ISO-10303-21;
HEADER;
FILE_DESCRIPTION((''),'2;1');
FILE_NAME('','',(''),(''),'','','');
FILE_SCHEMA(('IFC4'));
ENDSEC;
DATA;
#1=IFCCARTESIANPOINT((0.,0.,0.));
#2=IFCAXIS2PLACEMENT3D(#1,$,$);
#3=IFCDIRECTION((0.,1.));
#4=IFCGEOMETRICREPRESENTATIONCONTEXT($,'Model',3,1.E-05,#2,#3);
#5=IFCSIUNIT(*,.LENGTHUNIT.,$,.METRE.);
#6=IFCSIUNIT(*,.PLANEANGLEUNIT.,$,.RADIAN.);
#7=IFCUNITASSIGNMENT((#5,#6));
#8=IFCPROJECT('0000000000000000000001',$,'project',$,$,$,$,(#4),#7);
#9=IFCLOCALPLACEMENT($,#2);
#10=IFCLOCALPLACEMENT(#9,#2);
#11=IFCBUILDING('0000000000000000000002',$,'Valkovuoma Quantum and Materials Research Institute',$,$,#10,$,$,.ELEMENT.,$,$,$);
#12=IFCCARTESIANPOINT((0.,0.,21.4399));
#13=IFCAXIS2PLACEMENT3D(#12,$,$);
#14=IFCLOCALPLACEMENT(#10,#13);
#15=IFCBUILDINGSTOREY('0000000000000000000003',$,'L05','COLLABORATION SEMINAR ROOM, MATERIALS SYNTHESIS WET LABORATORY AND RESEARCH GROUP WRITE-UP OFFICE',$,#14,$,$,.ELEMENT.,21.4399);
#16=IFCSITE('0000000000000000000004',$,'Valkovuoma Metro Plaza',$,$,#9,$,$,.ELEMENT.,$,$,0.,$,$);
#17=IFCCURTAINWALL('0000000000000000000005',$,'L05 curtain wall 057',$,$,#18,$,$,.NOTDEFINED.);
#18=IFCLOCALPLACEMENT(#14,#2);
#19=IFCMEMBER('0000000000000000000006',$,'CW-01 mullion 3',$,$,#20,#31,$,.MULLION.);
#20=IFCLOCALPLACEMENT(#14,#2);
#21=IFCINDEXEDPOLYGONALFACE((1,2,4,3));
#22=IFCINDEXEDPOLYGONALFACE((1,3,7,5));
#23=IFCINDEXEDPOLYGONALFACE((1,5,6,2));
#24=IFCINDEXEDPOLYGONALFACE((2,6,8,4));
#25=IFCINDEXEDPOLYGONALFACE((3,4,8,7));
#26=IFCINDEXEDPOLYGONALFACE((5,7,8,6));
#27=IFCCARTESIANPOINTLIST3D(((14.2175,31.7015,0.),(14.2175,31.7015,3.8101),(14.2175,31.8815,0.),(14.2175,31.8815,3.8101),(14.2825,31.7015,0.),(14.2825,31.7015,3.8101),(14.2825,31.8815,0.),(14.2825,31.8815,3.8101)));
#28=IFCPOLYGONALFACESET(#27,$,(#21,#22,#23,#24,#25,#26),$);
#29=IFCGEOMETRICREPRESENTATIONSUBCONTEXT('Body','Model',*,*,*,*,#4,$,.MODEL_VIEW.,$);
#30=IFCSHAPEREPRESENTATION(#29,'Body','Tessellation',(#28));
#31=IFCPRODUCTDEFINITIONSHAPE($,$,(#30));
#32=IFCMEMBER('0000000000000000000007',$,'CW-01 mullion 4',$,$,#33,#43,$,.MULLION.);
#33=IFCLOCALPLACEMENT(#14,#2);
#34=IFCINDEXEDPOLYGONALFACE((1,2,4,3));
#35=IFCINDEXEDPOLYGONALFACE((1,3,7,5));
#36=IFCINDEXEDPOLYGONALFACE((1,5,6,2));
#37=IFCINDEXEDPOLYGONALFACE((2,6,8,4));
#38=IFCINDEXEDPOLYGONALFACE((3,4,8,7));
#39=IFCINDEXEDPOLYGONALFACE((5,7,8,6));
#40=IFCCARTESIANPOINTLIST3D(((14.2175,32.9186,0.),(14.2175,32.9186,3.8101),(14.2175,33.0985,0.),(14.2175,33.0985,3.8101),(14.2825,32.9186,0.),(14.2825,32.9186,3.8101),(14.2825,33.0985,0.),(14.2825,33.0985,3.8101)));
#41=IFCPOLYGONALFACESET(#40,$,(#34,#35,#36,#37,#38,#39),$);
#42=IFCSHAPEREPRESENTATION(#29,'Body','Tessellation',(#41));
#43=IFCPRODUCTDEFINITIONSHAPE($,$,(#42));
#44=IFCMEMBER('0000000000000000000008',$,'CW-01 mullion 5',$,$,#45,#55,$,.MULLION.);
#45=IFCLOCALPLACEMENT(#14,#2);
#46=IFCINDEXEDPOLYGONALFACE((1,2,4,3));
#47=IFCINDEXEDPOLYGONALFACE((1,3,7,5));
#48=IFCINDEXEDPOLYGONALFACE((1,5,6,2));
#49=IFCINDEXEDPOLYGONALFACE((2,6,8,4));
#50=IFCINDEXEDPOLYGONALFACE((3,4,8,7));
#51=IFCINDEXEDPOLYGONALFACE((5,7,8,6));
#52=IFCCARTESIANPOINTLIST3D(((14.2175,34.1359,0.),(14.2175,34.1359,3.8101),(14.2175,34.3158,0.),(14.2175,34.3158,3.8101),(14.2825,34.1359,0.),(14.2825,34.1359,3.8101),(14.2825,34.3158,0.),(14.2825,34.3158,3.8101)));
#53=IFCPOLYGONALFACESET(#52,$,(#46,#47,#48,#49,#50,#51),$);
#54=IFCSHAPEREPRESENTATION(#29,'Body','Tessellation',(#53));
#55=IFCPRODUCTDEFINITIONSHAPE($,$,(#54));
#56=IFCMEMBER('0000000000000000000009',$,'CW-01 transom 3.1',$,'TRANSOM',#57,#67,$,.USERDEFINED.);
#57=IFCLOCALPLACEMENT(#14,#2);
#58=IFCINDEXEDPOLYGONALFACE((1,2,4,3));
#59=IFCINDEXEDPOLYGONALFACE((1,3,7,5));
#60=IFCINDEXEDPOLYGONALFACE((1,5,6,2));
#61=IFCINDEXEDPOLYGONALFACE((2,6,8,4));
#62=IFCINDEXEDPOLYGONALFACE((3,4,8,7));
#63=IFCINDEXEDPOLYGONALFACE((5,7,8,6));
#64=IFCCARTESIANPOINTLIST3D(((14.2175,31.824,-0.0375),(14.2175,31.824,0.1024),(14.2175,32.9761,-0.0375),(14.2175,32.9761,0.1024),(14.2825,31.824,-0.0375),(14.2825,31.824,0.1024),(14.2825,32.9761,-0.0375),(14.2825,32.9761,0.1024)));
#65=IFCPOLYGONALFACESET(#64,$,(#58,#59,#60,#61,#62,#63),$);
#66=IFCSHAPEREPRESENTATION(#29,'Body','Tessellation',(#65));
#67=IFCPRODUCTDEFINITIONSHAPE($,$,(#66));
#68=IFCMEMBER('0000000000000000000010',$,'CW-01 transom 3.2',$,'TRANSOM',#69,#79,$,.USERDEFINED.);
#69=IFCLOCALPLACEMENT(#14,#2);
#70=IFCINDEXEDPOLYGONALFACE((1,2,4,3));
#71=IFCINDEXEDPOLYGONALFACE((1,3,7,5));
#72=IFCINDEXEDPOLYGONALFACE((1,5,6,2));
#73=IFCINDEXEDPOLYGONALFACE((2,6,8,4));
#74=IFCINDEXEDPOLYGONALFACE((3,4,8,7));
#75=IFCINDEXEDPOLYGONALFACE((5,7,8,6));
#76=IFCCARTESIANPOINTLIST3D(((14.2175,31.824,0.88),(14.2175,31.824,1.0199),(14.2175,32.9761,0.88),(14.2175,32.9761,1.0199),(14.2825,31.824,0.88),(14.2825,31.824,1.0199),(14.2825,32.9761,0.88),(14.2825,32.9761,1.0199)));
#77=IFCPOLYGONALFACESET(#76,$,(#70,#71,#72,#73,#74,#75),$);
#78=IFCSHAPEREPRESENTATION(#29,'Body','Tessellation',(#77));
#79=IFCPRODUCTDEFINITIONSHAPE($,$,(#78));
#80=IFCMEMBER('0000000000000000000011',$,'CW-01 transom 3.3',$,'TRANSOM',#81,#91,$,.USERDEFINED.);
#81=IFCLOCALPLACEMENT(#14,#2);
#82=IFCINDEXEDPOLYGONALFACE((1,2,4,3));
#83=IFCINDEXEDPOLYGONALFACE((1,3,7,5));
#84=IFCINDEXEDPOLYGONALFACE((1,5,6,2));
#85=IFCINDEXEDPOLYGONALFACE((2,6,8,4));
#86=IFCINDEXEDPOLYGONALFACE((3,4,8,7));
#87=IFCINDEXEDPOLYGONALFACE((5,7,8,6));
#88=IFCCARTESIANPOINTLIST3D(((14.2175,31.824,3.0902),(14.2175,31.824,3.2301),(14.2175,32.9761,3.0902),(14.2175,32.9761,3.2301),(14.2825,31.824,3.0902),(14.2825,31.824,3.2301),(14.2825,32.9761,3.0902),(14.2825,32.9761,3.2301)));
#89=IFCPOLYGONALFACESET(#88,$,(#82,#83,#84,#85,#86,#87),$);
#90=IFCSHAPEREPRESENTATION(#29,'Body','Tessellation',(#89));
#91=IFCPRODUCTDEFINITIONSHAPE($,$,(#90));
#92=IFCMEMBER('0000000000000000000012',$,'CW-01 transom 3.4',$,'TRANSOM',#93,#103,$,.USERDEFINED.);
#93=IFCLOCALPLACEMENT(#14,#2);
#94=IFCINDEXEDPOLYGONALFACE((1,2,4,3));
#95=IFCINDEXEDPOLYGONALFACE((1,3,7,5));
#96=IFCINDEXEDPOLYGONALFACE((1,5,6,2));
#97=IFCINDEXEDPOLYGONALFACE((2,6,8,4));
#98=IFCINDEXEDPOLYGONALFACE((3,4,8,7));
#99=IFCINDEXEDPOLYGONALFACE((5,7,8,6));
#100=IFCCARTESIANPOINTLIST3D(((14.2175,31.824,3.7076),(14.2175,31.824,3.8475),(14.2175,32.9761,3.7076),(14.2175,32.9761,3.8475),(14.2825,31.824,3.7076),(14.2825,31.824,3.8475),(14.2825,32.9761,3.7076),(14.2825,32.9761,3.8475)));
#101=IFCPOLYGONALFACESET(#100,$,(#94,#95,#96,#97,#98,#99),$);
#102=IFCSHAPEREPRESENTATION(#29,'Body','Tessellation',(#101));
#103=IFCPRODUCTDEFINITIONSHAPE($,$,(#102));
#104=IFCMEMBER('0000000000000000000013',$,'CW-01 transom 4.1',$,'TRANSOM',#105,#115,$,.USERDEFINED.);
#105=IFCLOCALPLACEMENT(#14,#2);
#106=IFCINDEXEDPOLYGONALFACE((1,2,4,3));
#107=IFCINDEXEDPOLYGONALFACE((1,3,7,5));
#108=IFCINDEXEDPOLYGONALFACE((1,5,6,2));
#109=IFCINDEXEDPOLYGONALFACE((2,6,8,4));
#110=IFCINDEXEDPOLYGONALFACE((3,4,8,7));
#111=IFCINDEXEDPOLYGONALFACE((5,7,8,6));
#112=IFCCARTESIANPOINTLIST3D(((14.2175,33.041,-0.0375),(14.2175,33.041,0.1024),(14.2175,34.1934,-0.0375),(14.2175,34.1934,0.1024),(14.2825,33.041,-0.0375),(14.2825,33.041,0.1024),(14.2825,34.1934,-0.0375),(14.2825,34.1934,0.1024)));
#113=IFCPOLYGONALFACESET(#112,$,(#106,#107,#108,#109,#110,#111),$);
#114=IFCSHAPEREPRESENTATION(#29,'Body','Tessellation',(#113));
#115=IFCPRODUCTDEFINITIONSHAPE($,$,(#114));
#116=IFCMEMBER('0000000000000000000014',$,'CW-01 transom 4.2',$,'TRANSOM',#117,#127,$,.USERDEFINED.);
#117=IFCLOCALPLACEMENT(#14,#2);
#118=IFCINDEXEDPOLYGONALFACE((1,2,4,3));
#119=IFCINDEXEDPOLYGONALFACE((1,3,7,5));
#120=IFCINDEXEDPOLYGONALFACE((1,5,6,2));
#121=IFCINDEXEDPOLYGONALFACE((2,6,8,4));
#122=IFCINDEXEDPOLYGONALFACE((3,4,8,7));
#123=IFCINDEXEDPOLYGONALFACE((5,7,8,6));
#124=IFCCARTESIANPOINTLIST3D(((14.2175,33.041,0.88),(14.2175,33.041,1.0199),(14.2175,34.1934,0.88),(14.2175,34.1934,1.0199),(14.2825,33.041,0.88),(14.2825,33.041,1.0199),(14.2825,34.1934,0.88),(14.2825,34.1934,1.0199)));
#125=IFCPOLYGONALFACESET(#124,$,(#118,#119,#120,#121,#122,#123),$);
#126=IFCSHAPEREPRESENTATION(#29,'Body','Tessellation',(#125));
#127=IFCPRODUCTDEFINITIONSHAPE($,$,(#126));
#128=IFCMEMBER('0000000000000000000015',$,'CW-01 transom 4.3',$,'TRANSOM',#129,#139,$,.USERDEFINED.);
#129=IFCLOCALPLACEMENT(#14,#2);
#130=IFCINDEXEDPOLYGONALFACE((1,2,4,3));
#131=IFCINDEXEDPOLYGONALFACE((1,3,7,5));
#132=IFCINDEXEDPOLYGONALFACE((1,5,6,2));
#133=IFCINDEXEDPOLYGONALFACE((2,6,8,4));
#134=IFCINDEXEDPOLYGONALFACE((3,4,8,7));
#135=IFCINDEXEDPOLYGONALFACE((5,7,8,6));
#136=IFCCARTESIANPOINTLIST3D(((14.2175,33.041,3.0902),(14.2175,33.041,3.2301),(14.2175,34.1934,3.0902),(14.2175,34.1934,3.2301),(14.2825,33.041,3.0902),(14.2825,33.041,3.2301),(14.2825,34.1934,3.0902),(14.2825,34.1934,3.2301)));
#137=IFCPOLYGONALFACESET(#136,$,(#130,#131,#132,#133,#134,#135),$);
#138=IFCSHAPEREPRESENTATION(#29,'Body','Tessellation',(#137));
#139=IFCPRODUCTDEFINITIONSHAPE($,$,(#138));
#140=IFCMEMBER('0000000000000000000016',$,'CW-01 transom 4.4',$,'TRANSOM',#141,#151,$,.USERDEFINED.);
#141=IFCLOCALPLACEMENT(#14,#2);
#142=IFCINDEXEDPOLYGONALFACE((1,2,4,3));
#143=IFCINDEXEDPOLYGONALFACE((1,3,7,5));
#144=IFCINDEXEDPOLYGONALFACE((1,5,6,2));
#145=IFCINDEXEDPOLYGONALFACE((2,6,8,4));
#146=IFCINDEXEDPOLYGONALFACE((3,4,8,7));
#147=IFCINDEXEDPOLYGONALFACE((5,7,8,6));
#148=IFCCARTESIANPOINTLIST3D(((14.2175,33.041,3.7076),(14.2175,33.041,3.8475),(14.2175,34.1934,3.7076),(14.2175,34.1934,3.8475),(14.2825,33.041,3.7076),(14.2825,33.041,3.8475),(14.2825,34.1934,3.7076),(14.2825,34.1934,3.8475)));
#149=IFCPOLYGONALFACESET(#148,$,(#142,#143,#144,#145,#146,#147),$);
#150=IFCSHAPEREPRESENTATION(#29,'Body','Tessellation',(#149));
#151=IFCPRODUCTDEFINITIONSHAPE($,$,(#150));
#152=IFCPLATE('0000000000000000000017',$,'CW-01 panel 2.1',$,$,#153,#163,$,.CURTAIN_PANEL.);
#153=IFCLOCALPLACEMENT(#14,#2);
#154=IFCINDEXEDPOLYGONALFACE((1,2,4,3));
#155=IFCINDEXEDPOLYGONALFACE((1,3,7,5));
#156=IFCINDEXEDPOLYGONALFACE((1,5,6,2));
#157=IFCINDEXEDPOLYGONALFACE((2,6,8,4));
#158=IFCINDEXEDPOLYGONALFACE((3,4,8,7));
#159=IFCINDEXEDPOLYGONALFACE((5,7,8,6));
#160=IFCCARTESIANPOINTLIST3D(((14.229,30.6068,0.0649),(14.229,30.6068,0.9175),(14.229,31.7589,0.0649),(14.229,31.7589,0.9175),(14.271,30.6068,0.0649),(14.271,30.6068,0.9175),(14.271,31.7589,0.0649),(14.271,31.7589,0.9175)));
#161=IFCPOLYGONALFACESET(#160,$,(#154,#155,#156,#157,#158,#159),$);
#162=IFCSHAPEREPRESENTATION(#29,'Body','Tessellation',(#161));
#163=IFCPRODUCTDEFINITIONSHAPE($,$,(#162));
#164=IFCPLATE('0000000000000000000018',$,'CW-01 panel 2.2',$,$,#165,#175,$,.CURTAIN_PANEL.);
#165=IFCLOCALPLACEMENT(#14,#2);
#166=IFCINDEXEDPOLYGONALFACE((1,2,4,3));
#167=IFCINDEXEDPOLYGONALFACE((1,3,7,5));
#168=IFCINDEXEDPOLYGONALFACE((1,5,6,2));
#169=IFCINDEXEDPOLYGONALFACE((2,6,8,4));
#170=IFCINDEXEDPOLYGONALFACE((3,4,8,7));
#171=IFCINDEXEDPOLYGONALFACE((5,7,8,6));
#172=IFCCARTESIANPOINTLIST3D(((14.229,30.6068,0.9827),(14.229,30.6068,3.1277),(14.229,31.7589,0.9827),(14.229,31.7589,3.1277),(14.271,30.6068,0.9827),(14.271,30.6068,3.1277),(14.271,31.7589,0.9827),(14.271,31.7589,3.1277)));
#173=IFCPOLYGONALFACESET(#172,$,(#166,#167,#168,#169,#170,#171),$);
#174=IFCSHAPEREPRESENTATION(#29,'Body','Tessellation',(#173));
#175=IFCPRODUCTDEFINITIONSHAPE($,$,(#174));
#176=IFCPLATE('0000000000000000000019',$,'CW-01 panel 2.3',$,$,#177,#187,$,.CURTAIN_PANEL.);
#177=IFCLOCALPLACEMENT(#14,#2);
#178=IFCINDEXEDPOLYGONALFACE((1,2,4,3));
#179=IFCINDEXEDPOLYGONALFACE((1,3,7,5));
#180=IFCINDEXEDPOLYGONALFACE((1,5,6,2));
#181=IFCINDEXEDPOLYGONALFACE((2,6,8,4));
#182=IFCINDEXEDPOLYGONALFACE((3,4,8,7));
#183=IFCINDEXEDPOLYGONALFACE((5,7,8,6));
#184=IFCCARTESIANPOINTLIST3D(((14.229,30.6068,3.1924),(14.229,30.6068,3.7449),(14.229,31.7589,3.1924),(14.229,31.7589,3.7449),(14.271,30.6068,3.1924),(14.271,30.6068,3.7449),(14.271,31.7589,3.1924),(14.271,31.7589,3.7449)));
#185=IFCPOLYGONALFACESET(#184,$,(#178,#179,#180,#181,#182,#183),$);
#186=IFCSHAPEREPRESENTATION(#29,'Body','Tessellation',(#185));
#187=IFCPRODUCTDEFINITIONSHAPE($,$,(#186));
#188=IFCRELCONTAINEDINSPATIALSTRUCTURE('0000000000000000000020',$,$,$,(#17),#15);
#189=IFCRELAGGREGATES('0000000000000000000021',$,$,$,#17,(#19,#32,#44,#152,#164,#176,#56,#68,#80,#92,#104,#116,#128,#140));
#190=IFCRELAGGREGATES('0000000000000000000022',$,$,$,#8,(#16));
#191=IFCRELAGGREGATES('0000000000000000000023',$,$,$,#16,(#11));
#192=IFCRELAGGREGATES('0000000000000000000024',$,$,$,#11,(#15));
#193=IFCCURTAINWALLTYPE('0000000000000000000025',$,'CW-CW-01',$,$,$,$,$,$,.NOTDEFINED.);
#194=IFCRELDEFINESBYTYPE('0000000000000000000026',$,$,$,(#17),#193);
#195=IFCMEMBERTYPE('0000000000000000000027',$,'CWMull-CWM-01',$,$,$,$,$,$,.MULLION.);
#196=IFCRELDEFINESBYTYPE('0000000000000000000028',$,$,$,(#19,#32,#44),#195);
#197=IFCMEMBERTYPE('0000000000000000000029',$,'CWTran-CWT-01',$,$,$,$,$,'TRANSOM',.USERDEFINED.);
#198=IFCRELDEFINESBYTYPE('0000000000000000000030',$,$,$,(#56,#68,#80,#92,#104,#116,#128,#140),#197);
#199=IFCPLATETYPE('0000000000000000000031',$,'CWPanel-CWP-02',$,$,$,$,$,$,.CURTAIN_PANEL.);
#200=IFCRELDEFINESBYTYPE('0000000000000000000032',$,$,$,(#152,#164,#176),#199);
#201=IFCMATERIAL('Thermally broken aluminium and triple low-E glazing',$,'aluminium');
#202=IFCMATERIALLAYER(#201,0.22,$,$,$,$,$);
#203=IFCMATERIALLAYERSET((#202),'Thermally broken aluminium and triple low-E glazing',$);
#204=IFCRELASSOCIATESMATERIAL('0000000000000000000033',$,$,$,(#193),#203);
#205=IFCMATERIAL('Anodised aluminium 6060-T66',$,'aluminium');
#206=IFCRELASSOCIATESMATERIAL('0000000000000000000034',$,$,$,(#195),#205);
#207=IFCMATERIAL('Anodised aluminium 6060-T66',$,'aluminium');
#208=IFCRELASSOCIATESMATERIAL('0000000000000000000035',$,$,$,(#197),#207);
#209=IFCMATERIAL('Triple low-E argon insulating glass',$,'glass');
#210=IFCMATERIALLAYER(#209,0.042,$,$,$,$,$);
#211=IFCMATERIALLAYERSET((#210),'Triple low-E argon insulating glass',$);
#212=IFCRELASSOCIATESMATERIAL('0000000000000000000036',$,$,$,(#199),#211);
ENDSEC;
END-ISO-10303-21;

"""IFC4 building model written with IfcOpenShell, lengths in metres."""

from ifc_helpers import new_model, si_unit, direction, frame, origin, origin_2d, place, context, subcontext, project, spatial, rectangle, extrude, material, layer, layer_set, material_profile, profile_set, type_object, element, aggregate, save


model = new_model("IFC4")

# Units and contexts
model_context = context("Model", 3, precision=1e-05, world=origin(), true_north=direction((0.0, 1.0)))
body_context = subcontext(model_context, "Body", "Model", "MODEL_VIEW")
ifc_project = project(units=[si_unit("LENGTHUNIT", "METRE"), si_unit("PLANEANGLEUNIT", "RADIAN")], contexts=[model_context])

# Site, building, storey
site_placement = place(None, origin())
site = spatial("IfcSite", under=ifc_project, at=site_placement, Name="Valkovuoma Metro Plaza", CompositionType="ELEMENT", RefElevation=0.0)
building_placement = place(site_placement, origin())
building = spatial("IfcBuilding", under=site, at=building_placement, Name="Valkovuoma Quantum and Materials Research Institute", CompositionType="ELEMENT")
storey_placement = place(building_placement, frame((0.0, 0.0, 21.4399)))
storey = spatial("IfcBuildingStorey", under=building, at=storey_placement, Name="L05", Description="COLLABORATION SEMINAR ROOM, MATERIALS SYNTHESIS WET LABORATORY AND RESEARCH GROUP WRITE-UP OFFICE", CompositionType="ELEMENT", Elevation=21.4399)

# Curtain wall, members, plates
ifc_material_1 = material(Name="Thermally broken aluminium and triple low-E glazing", Category="aluminium")
ifc_layer_1 = layer(ifc_material_1, 0.22)
ifc_layer_set_1 = layer_set([ifc_layer_1], Name="Thermally broken aluminium and triple low-E glazing")
curtain_wall_type = type_object("IfcCurtainWallType", Name="CW-CW-01", PredefinedType="NOTDEFINED", material=ifc_layer_set_1)
curtain_wall_placement = place(storey_placement, origin())
curtain_wall = element("IfcCurtainWall", 1, at=curtain_wall_placement, inside=storey, type_object=curtain_wall_type, Name="L05 curtain wall 057", PredefinedType="NOTDEFINED")
ifc_material_2 = material(Name="Anodised aluminium 6060-T66", Category="aluminium")
ifc_material_profile_1 = material_profile(ifc_material_2, rectangle(XDim=0.0649, YDim=0.1799, at=origin_2d()), Name="Anodised aluminium 6060-T66")
ifc_profile_set_1 = profile_set([ifc_material_profile_1], Name="Anodised aluminium 6060-T66")
member_type_1 = type_object("IfcMemberType", Name="CWMull-CWM-01", PredefinedType="MULLION", material=ifc_profile_set_1)
member_1_placement = place(storey_placement, frame((14.25, 31.7915, 0.0), z_axis=(0.0, 0.0, 1.0), x_axis=(-1.0, 0.0, 0.0)))
member_1 = element("IfcMember", 2, at=member_1_placement, type_object=member_type_1, Name="CW-01 mullion 3", PredefinedType="MULLION", context=body_context, shape_type="SweptSolid", body=[
    extrude(rectangle(XDim=0.0649, YDim=0.1799, at=origin_2d()), origin(), (0.0, 0.0, 1.0), 3.8101),
])
member_2_placement = place(storey_placement, frame((14.25, 33.0085, 0.0), z_axis=(0.0, 0.0, 1.0), x_axis=(-1.0, 0.0, 0.0)))
member_2 = element("IfcMember", 3, at=member_2_placement, type_object=member_type_1, Name="CW-01 mullion 4", PredefinedType="MULLION", context=body_context, shape_type="SweptSolid", body=[
    extrude(rectangle(XDim=0.0649, YDim=0.1799, at=origin_2d()), origin(), (0.0, 0.0, 1.0), 3.8101),
])
member_3_placement = place(storey_placement, frame((14.25, 34.2258, 0.0), z_axis=(0.0, 0.0, 1.0), x_axis=(-1.0, 0.0, 0.0)))
member_3 = element("IfcMember", 4, at=member_3_placement, type_object=member_type_1, Name="CW-01 mullion 5", PredefinedType="MULLION", context=body_context, shape_type="SweptSolid", body=[
    extrude(rectangle(XDim=0.0649, YDim=0.1799, at=origin_2d()), origin(), (0.0, 0.0, 1.0), 3.8101),
])
ifc_material_3 = material(Name="Anodised aluminium 6060-T66", Category="aluminium")
ifc_material_profile_2 = material_profile(ifc_material_3, rectangle(XDim=0.0649, YDim=0.1399, at=origin_2d()), Name="Anodised aluminium 6060-T66")
ifc_profile_set_2 = profile_set([ifc_material_profile_2], Name="Anodised aluminium 6060-T66")
member_type_2 = type_object("IfcMemberType", Name="CWTran-CWT-01", ElementType="TRANSOM", PredefinedType="USERDEFINED", material=ifc_profile_set_2)
member_4_placement = place(storey_placement, frame((14.25, 31.824, 0.0325), z_axis=(0.0, 1.0, 0.0), x_axis=(-1.0, 0.0, 0.0)))
member_4 = element("IfcMember", 5, at=member_4_placement, type_object=member_type_2, Name="CW-01 transom 3.1", ObjectType="TRANSOM", PredefinedType="USERDEFINED", context=body_context, shape_type="SweptSolid", body=[
    extrude(rectangle(XDim=0.0649, YDim=0.1399, at=origin_2d()), origin(), (0.0, 0.0, 1.0), 1.1521),
])
member_5_placement = place(storey_placement, frame((14.25, 31.824, 0.95), z_axis=(0.0, 1.0, 0.0), x_axis=(-1.0, 0.0, 0.0)))
member_5 = element("IfcMember", 6, at=member_5_placement, type_object=member_type_2, Name="CW-01 transom 3.2", ObjectType="TRANSOM", PredefinedType="USERDEFINED", context=body_context, shape_type="SweptSolid", body=[
    extrude(rectangle(XDim=0.0649, YDim=0.1399, at=origin_2d()), origin(), (0.0, 0.0, 1.0), 1.1521),
])
member_6_placement = place(storey_placement, frame((14.25, 31.824, 3.1602), z_axis=(0.0, 1.0, 0.0), x_axis=(-1.0, 0.0, 0.0)))
member_6 = element("IfcMember", 7, at=member_6_placement, type_object=member_type_2, Name="CW-01 transom 3.3", ObjectType="TRANSOM", PredefinedType="USERDEFINED", context=body_context, shape_type="SweptSolid", body=[
    extrude(rectangle(XDim=0.0649, YDim=0.1399, at=origin_2d()), origin(), (0.0, 0.0, 1.0), 1.1521),
])
member_7_placement = place(storey_placement, frame((14.25, 31.824, 3.7776), z_axis=(0.0, 1.0, 0.0), x_axis=(-1.0, 0.0, 0.0)))
member_7 = element("IfcMember", 8, at=member_7_placement, type_object=member_type_2, Name="CW-01 transom 3.4", ObjectType="TRANSOM", PredefinedType="USERDEFINED", context=body_context, shape_type="SweptSolid", body=[
    extrude(rectangle(XDim=0.0649, YDim=0.1399, at=origin_2d()), origin(), (0.0, 0.0, 1.0), 1.1521),
])
member_8_placement = place(storey_placement, frame((14.25, 33.041, 0.0325), z_axis=(0.0, 1.0, 0.0), x_axis=(-1.0, 0.0, 0.0)))
member_8 = element("IfcMember", 9, at=member_8_placement, type_object=member_type_2, Name="CW-01 transom 4.1", ObjectType="TRANSOM", PredefinedType="USERDEFINED", context=body_context, shape_type="SweptSolid", body=[
    extrude(rectangle(XDim=0.0649, YDim=0.1399, at=origin_2d()), origin(), (0.0, 0.0, 1.0), 1.1523),
])
member_9_placement = place(storey_placement, frame((14.25, 33.041, 0.95), z_axis=(0.0, 1.0, 0.0), x_axis=(-1.0, 0.0, 0.0)))
member_9 = element("IfcMember", 10, at=member_9_placement, type_object=member_type_2, Name="CW-01 transom 4.2", ObjectType="TRANSOM", PredefinedType="USERDEFINED", context=body_context, shape_type="SweptSolid", body=[
    extrude(rectangle(XDim=0.0649, YDim=0.1399, at=origin_2d()), origin(), (0.0, 0.0, 1.0), 1.1523),
])
member_10_placement = place(storey_placement, frame((14.25, 33.041, 3.1602), z_axis=(0.0, 1.0, 0.0), x_axis=(-1.0, 0.0, 0.0)))
member_10 = element("IfcMember", 11, at=member_10_placement, type_object=member_type_2, Name="CW-01 transom 4.3", ObjectType="TRANSOM", PredefinedType="USERDEFINED", context=body_context, shape_type="SweptSolid", body=[
    extrude(rectangle(XDim=0.0649, YDim=0.1399, at=origin_2d()), origin(), (0.0, 0.0, 1.0), 1.1523),
])
member_11_placement = place(storey_placement, frame((14.25, 33.041, 3.7776), z_axis=(0.0, 1.0, 0.0), x_axis=(-1.0, 0.0, 0.0)))
member_11 = element("IfcMember", 12, at=member_11_placement, type_object=member_type_2, Name="CW-01 transom 4.4", ObjectType="TRANSOM", PredefinedType="USERDEFINED", context=body_context, shape_type="SweptSolid", body=[
    extrude(rectangle(XDim=0.0649, YDim=0.1399, at=origin_2d()), origin(), (0.0, 0.0, 1.0), 1.1523),
])
ifc_material_4 = material(Name="Triple low-E argon insulating glass", Category="glass")
ifc_layer_2 = layer(ifc_material_4, 0.042)
ifc_layer_set_2 = layer_set([ifc_layer_2], Name="Triple low-E argon insulating glass")
plate_type = type_object("IfcPlateType", Name="CWPanel-CWP-02", PredefinedType="CURTAIN_PANEL", material=ifc_layer_set_2)
plate_1_placement = place(storey_placement, frame((14.25, 31.1829, 0.0649), z_axis=(0.0, 0.0, 1.0), x_axis=(0.0, 1.0, 0.0)))
plate_1 = element("IfcPlate", 13, at=plate_1_placement, type_object=plate_type, Name="CW-01 panel 2.1", PredefinedType="CURTAIN_PANEL", context=body_context, shape_type="SweptSolid", body=[
    extrude(rectangle(XDim=1.1521, YDim=0.042, at=origin_2d()), origin(), (0.0, 0.0, 1.0), 0.8525),
])
plate_2_placement = place(storey_placement, frame((14.25, 31.1829, 0.9827), z_axis=(0.0, 0.0, 1.0), x_axis=(0.0, 1.0, 0.0)))
plate_2 = element("IfcPlate", 14, at=plate_2_placement, type_object=plate_type, Name="CW-01 panel 2.2", PredefinedType="CURTAIN_PANEL", context=body_context, shape_type="SweptSolid", body=[
    extrude(rectangle(XDim=1.1521, YDim=0.042, at=origin_2d()), origin(), (0.0, 0.0, 1.0), 2.145),
])
plate_3_placement = place(storey_placement, frame((14.25, 31.1829, 3.1924), z_axis=(0.0, 0.0, 1.0), x_axis=(0.0, 1.0, 0.0)))
plate_3 = element("IfcPlate", 15, at=plate_3_placement, type_object=plate_type, Name="CW-01 panel 2.3", PredefinedType="CURTAIN_PANEL", context=body_context, shape_type="SweptSolid", body=[
    extrude(rectangle(XDim=1.1521, YDim=0.042, at=origin_2d()), origin(), (0.0, 0.0, 1.0), 0.5525),
])
aggregate(curtain_wall, [member_1, member_2, member_3, plate_1, plate_2, plate_3, member_4, member_5, member_6, member_7, member_8, member_9, member_10, member_11])

save(model, "model.ifc")
